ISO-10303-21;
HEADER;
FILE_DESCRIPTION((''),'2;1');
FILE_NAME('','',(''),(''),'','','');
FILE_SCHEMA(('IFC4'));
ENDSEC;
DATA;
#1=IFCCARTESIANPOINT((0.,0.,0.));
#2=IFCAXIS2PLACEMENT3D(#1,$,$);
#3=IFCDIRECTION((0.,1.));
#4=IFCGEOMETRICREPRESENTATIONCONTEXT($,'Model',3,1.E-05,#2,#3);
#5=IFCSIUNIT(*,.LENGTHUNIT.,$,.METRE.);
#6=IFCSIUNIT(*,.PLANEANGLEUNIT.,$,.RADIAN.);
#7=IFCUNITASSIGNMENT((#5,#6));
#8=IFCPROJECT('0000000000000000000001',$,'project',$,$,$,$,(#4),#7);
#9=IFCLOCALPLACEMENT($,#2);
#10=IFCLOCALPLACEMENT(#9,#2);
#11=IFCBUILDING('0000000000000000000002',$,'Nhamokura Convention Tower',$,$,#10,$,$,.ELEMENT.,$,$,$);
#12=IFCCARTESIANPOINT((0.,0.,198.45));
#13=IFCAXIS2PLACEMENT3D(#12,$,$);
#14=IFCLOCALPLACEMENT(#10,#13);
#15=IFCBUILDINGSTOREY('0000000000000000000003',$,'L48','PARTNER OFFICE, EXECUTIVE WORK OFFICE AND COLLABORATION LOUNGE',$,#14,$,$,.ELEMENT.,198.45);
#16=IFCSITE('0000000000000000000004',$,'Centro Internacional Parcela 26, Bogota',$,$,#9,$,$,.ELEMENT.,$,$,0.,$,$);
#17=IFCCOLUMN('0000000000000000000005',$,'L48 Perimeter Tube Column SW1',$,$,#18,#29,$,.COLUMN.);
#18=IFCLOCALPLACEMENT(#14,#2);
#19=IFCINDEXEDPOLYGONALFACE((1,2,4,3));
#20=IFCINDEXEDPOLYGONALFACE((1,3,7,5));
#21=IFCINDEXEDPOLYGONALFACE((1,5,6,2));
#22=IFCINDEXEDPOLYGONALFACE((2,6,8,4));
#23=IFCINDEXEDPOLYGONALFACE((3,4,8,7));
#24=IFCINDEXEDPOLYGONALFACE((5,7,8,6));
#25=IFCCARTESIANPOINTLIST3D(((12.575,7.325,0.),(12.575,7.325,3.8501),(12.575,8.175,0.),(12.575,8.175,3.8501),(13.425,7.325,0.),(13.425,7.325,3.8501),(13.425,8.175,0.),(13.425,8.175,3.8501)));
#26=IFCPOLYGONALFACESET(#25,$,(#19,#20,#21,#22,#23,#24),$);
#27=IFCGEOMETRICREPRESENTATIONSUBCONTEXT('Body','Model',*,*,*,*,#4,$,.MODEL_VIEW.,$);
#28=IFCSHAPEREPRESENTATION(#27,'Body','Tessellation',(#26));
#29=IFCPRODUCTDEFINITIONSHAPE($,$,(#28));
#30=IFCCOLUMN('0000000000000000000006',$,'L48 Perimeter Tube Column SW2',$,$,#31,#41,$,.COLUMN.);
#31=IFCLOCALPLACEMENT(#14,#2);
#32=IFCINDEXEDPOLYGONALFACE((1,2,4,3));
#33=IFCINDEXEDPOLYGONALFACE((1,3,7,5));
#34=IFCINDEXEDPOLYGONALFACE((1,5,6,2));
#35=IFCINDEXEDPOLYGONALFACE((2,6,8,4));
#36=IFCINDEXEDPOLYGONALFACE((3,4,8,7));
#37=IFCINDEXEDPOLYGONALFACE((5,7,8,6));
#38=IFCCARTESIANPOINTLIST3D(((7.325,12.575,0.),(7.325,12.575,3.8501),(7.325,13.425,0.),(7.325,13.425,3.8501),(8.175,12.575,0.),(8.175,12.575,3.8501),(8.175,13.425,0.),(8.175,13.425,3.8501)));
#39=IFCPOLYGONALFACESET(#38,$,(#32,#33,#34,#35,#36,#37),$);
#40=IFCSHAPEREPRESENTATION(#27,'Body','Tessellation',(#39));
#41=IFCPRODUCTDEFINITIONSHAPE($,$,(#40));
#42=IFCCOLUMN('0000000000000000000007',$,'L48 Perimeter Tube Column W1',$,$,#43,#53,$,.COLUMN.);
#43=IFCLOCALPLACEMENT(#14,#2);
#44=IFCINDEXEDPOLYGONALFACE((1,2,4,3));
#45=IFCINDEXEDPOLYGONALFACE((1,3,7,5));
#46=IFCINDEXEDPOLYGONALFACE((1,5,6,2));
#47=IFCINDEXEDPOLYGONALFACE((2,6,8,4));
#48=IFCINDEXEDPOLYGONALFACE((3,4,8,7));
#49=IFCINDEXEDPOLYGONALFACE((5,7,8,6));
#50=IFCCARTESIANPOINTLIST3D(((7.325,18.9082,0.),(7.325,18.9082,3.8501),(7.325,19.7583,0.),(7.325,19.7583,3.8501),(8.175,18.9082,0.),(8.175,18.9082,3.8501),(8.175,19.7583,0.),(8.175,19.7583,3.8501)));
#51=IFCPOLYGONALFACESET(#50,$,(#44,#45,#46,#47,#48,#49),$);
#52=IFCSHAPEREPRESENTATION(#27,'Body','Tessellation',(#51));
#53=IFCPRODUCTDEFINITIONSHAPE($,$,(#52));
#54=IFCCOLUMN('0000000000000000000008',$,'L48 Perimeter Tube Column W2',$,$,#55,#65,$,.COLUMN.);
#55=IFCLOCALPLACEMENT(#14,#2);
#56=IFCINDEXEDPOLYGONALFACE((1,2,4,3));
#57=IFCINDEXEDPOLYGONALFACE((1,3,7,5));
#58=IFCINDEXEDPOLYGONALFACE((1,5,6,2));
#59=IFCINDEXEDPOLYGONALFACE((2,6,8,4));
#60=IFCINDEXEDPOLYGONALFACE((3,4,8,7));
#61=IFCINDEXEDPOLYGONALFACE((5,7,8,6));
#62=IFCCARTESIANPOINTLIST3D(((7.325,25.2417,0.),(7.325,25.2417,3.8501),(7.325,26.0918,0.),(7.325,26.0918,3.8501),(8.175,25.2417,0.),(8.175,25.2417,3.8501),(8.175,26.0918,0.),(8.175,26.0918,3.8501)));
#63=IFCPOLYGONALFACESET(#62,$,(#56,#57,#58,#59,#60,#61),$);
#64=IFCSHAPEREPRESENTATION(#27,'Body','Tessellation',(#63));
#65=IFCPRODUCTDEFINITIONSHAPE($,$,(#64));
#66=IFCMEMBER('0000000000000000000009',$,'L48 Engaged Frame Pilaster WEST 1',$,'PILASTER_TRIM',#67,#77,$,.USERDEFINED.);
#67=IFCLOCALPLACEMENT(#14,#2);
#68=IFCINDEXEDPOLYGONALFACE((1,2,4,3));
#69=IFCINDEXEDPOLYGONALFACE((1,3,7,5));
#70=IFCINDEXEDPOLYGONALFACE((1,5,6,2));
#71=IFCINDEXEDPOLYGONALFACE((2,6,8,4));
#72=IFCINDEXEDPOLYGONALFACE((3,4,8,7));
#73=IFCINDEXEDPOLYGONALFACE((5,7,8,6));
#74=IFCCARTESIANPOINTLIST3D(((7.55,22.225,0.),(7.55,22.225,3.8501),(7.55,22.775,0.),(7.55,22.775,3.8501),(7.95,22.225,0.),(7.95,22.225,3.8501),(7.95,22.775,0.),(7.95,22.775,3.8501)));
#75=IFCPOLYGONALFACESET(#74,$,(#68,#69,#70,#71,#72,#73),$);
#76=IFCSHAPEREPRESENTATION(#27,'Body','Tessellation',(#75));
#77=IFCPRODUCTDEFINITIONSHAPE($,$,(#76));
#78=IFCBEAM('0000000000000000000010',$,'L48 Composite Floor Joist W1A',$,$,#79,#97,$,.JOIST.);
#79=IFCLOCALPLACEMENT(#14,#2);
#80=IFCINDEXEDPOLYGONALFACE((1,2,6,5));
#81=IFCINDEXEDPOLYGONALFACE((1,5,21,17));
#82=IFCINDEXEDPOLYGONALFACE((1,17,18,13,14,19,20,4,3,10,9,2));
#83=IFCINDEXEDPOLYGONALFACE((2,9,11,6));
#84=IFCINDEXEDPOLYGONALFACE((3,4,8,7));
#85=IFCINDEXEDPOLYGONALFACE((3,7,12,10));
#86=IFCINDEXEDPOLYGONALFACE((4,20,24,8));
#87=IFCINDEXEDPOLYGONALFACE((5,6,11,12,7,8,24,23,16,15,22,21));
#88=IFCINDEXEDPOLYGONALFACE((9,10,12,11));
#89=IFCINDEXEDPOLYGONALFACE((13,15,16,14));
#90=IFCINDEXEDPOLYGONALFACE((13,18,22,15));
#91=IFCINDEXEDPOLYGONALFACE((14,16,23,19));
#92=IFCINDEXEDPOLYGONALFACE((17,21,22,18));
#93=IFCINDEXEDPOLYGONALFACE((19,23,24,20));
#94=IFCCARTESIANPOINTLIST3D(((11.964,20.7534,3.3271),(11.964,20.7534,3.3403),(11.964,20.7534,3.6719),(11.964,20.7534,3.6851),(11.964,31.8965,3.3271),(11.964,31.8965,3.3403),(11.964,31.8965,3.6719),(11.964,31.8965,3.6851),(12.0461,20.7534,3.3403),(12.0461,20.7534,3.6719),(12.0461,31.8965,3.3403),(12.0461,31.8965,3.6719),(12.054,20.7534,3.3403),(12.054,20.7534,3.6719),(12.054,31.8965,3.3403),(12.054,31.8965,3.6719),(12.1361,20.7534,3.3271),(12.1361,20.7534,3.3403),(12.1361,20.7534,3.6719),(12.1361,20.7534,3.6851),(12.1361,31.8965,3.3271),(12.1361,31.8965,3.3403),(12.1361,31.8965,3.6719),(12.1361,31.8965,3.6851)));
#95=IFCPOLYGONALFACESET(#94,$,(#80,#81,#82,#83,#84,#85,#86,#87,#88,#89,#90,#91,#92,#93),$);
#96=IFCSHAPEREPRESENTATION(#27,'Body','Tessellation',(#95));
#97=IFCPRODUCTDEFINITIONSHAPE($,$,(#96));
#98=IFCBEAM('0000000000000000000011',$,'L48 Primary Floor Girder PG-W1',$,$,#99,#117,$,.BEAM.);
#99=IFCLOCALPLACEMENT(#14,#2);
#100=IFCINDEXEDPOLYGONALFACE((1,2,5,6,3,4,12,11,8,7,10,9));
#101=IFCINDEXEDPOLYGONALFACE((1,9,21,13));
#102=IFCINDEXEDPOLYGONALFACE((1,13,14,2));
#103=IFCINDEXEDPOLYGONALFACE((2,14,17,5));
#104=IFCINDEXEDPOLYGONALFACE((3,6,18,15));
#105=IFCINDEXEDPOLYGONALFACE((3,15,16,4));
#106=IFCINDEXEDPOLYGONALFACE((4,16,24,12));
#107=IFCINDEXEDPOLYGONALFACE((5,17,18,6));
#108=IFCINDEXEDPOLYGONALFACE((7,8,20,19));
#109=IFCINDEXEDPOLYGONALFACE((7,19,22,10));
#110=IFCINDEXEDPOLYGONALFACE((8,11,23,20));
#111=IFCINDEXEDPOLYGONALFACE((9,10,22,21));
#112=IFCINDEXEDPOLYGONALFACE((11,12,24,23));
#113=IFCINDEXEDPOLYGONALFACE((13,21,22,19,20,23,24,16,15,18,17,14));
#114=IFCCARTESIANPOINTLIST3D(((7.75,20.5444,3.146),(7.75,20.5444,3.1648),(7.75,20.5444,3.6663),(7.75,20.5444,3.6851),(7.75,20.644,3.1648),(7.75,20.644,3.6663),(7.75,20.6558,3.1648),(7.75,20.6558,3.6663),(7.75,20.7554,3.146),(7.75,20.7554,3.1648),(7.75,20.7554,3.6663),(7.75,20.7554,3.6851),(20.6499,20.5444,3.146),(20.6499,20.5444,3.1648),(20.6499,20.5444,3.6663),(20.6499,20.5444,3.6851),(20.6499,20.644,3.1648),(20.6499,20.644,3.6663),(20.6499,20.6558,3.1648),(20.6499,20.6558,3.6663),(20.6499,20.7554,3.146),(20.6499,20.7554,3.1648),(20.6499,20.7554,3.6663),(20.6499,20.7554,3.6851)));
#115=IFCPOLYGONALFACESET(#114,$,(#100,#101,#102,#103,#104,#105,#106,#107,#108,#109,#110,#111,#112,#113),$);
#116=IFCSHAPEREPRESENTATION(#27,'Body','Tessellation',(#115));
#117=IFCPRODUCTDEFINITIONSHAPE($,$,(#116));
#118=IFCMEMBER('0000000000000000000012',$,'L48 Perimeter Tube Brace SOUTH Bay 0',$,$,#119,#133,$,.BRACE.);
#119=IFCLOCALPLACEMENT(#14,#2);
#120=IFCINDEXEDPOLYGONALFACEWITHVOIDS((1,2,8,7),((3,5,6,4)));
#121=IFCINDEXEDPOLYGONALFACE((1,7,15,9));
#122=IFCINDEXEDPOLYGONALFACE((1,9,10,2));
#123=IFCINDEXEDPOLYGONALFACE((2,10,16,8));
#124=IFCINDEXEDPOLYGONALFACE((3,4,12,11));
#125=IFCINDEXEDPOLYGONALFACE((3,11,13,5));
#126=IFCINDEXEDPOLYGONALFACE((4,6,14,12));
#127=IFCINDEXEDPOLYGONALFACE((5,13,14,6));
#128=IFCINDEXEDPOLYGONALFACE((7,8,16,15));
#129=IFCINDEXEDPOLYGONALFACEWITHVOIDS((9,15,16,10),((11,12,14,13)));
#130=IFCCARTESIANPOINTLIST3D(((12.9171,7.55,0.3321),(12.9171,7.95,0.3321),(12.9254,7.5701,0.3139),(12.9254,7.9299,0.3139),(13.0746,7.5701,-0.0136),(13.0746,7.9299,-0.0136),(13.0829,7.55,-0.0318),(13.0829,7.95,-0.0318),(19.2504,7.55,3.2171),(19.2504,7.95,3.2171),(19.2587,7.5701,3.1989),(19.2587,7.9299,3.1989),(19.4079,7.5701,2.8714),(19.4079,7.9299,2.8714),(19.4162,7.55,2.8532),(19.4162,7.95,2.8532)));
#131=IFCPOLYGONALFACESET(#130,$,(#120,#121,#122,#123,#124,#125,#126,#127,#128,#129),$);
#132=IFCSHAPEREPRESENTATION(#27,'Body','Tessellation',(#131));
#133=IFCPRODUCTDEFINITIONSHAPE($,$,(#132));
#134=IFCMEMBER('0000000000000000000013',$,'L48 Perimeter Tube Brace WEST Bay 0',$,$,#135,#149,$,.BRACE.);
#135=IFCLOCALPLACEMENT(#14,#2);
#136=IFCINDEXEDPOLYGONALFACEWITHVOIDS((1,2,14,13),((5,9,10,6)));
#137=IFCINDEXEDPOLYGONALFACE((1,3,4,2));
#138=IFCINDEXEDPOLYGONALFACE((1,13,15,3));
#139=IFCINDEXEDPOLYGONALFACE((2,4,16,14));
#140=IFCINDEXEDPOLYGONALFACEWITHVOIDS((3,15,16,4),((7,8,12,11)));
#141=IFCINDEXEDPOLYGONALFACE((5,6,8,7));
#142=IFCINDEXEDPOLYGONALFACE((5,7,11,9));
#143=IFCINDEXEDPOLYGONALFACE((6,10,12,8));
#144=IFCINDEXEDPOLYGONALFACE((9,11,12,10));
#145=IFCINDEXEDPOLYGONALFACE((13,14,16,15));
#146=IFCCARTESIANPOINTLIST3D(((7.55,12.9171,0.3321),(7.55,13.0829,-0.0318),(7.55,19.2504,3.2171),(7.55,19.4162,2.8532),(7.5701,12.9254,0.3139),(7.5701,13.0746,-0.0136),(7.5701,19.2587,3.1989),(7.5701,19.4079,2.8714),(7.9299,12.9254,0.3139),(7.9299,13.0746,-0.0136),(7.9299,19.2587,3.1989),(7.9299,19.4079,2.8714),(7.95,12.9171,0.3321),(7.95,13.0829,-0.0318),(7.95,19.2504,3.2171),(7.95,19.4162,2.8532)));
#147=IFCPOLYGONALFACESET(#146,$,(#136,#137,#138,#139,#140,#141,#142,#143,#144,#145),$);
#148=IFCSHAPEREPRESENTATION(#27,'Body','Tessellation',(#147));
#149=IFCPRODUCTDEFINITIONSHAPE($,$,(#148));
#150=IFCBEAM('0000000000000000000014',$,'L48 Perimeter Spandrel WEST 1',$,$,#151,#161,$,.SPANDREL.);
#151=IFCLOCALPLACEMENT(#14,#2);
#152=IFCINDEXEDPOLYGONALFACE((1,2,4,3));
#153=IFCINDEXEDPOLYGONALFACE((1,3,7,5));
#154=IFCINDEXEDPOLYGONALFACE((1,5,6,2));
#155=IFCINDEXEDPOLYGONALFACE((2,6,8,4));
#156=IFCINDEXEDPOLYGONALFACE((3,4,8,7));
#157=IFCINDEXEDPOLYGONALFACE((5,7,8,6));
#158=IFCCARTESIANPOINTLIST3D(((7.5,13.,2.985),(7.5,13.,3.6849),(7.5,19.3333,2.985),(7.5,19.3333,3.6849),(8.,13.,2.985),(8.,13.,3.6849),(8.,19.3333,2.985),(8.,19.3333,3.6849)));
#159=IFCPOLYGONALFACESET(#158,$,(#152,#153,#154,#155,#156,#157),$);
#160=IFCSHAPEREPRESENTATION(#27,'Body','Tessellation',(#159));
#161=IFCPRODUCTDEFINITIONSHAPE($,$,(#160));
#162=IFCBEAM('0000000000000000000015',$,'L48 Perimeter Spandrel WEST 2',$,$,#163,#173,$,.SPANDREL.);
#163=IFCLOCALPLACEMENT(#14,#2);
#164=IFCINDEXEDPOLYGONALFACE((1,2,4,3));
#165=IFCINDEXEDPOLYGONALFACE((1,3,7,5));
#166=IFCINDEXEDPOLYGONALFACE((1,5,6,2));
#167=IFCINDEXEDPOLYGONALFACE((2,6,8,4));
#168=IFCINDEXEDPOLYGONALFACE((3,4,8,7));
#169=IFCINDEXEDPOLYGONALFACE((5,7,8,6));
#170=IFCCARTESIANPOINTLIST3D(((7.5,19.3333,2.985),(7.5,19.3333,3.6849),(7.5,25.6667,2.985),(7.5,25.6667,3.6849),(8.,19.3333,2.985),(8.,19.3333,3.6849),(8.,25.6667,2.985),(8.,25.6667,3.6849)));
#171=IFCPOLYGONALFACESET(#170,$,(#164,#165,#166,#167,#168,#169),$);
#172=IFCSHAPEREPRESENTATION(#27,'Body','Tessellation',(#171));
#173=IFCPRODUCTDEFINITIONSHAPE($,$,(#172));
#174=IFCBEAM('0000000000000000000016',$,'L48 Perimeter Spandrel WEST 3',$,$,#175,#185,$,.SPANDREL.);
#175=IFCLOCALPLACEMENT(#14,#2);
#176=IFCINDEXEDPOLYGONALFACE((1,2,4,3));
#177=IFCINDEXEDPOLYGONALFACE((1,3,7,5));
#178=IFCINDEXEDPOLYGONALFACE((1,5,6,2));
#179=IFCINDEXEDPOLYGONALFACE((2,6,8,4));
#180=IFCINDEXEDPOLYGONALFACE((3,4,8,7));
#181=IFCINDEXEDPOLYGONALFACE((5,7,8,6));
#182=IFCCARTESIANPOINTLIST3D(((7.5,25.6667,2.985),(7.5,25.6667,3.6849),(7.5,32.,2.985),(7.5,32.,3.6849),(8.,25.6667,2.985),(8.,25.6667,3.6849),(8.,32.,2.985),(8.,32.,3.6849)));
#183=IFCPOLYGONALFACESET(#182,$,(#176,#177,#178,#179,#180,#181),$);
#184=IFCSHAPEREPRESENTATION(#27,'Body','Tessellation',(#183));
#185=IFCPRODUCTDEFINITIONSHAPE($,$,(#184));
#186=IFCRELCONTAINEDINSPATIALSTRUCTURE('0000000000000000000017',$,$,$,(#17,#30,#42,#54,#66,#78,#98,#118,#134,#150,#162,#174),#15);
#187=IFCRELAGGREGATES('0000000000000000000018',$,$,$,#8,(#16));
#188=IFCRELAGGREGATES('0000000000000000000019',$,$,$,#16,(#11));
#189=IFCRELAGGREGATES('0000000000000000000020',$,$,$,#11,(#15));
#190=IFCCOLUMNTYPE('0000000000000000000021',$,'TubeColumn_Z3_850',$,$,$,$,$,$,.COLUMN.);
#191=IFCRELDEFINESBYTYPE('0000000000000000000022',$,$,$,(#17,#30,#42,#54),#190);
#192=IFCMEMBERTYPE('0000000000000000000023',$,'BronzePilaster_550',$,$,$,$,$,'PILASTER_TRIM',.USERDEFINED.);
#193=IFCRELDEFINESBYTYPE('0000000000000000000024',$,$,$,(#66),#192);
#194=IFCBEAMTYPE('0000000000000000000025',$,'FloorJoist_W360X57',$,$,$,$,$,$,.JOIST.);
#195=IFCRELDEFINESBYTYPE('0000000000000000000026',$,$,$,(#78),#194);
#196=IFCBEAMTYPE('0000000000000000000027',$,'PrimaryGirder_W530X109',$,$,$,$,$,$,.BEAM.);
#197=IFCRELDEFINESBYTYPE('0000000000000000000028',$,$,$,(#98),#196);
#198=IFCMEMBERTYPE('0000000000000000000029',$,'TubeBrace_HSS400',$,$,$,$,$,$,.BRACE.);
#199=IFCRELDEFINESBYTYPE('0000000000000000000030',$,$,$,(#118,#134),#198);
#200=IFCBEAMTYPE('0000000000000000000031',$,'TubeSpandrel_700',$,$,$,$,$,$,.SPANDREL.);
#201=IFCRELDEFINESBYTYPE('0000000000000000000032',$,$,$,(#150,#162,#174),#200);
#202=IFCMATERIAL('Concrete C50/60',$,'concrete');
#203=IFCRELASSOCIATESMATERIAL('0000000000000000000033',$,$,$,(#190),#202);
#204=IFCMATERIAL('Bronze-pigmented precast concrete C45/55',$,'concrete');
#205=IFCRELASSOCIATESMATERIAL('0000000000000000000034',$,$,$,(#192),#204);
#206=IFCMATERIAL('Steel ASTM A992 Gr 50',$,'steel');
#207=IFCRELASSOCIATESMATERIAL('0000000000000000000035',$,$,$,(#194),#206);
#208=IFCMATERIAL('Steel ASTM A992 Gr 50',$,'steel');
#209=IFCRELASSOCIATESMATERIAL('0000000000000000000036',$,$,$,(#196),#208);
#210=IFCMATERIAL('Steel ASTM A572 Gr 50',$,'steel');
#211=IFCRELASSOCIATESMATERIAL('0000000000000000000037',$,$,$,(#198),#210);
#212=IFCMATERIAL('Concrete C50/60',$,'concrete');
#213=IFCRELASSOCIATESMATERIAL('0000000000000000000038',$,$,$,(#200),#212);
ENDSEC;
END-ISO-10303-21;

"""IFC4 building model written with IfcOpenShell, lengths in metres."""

from ifc_helpers import new_model, si_unit, direction, frame, origin, origin_2d, place, context, subcontext, project, spatial, rectangle, hollow_rectangle, i_section, extrude, material, material_profile, profile_set, type_object, element, save


model = new_model("IFC4")

# Units and contexts
model_context = context("Model", 3, precision=1e-05, world=origin(), true_north=direction((0.0, 1.0)))
body_context = subcontext(model_context, "Body", "Model", "MODEL_VIEW")
ifc_project = project(units=[si_unit("LENGTHUNIT", "METRE"), si_unit("PLANEANGLEUNIT", "RADIAN")], contexts=[model_context])

# Site, building, storey
site_placement = place(None, origin())
site = spatial("IfcSite", under=ifc_project, at=site_placement, Name="Centro Internacional Parcela 26, Bogota", CompositionType="ELEMENT", RefElevation=0.0)
building_placement = place(site_placement, origin())
building = spatial("IfcBuilding", under=site, at=building_placement, Name="Nhamokura Convention Tower", CompositionType="ELEMENT")
storey_placement = place(building_placement, frame((0.0, 0.0, 198.45)))
storey = spatial("IfcBuildingStorey", under=building, at=storey_placement, Name="L48", Description="PARTNER OFFICE, EXECUTIVE WORK OFFICE AND COLLABORATION LOUNGE", CompositionType="ELEMENT", Elevation=198.45)

# Columns
ifc_material_1 = material(Name="Concrete C50/60", Category="concrete")
ifc_material_profile_1 = material_profile(ifc_material_1, rectangle(XDim=0.8501, YDim=0.8501, at=origin_2d()))
ifc_profile_set_1 = profile_set([ifc_material_profile_1], Name="Concrete C50/60")
column_type = type_object("IfcColumnType", Name="TubeColumn_Z3_850", PredefinedType="COLUMN", material=ifc_profile_set_1)
for number, where, z_axis, x_axis, name in (
    (1, (13.0, 7.75, 0.0), (0.0, 0.0, 1.0), (1.0, 0.0, 0.0), "L48 Perimeter Tube Column SW1"),
    (2, (7.75, 13.0, 0.0), (0.0, 0.0, 1.0), (1.0, 0.0, 0.0), "L48 Perimeter Tube Column SW2"),
    (3, (7.75, 19.3333, 0.0), (0.0, 0.0, 1.0), (1.0, 0.0, 0.0), "L48 Perimeter Tube Column W1"),
    (4, (7.75, 25.6667, 0.0), (0.0, 0.0, 1.0), (1.0, 0.0, 0.0), "L48 Perimeter Tube Column W2"),
):
    element("IfcColumn", number, at=place(storey_placement, frame(where, z_axis=z_axis, x_axis=x_axis)), inside=storey, type_object=column_type, Name=name, PredefinedType="COLUMN", context=body_context, shape_type="SweptSolid", body=[
        extrude(rectangle(XDim=0.8501, YDim=0.8501, at=origin_2d()), origin(), (0.0, 0.0, 1.0), 3.8501),
    ])

# Member
ifc_material_2 = material(Name="Bronze-pigmented precast concrete C45/55", Category="concrete")
ifc_material_profile_2 = material_profile(ifc_material_2, rectangle(XDim=0.3999, YDim=0.55, at=origin_2d()))
ifc_profile_set_2 = profile_set([ifc_material_profile_2], Name="Bronze-pigmented precast concrete C45/55")
member_type_1 = type_object("IfcMemberType", Name="BronzePilaster_550", ElementType="PILASTER_TRIM", PredefinedType="USERDEFINED", material=ifc_profile_set_2)
member_placement = place(storey_placement, frame((7.75, 22.5, 0.0), z_axis=(0.0, 0.0, 1.0), x_axis=(1.0, 0.0, 0.0)))
element("IfcMember", 5, at=member_placement, inside=storey, type_object=member_type_1, Name="L48 Engaged Frame Pilaster WEST 1", ObjectType="PILASTER_TRIM", PredefinedType="USERDEFINED", context=body_context, shape_type="SweptSolid", body=[
    extrude(rectangle(XDim=0.3999, YDim=0.55, at=origin_2d()), origin(), (0.0, 0.0, 1.0), 3.8501),
])

# Beams
ifc_material_3 = material(Name="Steel ASTM A992 Gr 50", Category="steel")
ifc_material_profile_3 = material_profile(ifc_material_3, i_section(OverallWidth=0.1721, OverallDepth=0.3579, WebThickness=0.0078, FlangeThickness=0.0132, at=origin_2d()))
ifc_profile_set_3 = profile_set([ifc_material_profile_3], Name="Steel ASTM A992 Gr 50")
beam_type_1 = type_object("IfcBeamType", Name="FloorJoist_W360X57", PredefinedType="JOIST", material=ifc_profile_set_3)
beam_1_placement = place(storey_placement, frame((12.05, 20.7534, 3.5061), z_axis=(0.0, 1.0, 0.0), x_axis=(-1.0, 0.0, 0.0)))
element("IfcBeam", 6, at=beam_1_placement, inside=storey, type_object=beam_type_1, Name="L48 Composite Floor Joist W1A", PredefinedType="JOIST", context=body_context, shape_type="SweptSolid", body=[
    extrude(i_section(OverallWidth=0.1721, OverallDepth=0.3579, WebThickness=0.0078, FlangeThickness=0.0132, at=origin_2d()), origin(), (0.0, 0.0, 1.0), 11.1431),
])
ifc_material_4 = material(Name="Steel ASTM A992 Gr 50", Category="steel")
ifc_material_profile_4 = material_profile(ifc_material_4, i_section(OverallWidth=0.2109, OverallDepth=0.5391, WebThickness=0.0117, FlangeThickness=0.0188, at=origin_2d()))
ifc_profile_set_4 = profile_set([ifc_material_profile_4], Name="Steel ASTM A992 Gr 50")
beam_type_2 = type_object("IfcBeamType", Name="PrimaryGirder_W530X109", PredefinedType="BEAM", material=ifc_profile_set_4)
beam_2_placement = place(storey_placement, frame((7.75, 20.6499, 3.4155), z_axis=(1.0, 0.0, 0.0), x_axis=(0.0, 1.0, 0.0)))
element("IfcBeam", 7, at=beam_2_placement, inside=storey, type_object=beam_type_2, Name="L48 Primary Floor Girder PG-W1", PredefinedType="BEAM", context=body_context, shape_type="SweptSolid", body=[
    extrude(i_section(OverallWidth=0.2109, OverallDepth=0.5391, WebThickness=0.0117, FlangeThickness=0.0188, at=origin_2d()), origin(), (0.0, 0.0, 1.0), 12.8999),
])

# Members
ifc_material_5 = material(Name="Steel ASTM A572 Gr 50", Category="steel")
ifc_material_profile_5 = material_profile(ifc_material_5, hollow_rectangle(XDim=0.3999, YDim=0.3999, WallThickness=0.02, at=origin_2d()))
ifc_profile_set_5 = profile_set([ifc_material_profile_5], Name="Steel ASTM A572 Gr 50")
member_type_2 = type_object("IfcMemberType", Name="TubeBrace_HSS400", PredefinedType="BRACE", material=ifc_profile_set_5)
for number, where, z_axis, x_axis, name in (
    (8, (13.0, 7.75, 0.1501), (0.910027, 0.0, 0.414548), (0.0, 1.0, 0.0), "L48 Perimeter Tube Brace SOUTH Bay 0"),
    (9, (7.75, 13.0, 0.1501), (0.0, 0.910027, 0.414548), (-1.0, 0.0, 0.0), "L48 Perimeter Tube Brace WEST Bay 0"),
):
    element("IfcMember", number, at=place(storey_placement, frame(where, z_axis=z_axis, x_axis=x_axis)), inside=storey, type_object=member_type_2, Name=name, PredefinedType="BRACE", context=body_context, shape_type="SweptSolid", body=[
        extrude(hollow_rectangle(XDim=0.3999, YDim=0.3999, WallThickness=0.02, at=origin_2d()), origin(), (0.0, 0.0, 1.0), 6.9595),
    ])

# Beams
ifc_material_6 = material(Name="Concrete C50/60", Category="concrete")
ifc_material_profile_6 = material_profile(ifc_material_6, rectangle(XDim=0.5, YDim=0.7, at=origin_2d()))
ifc_profile_set_6 = profile_set([ifc_material_profile_6], Name="Concrete C50/60")
beam_type_3 = type_object("IfcBeamType", Name="TubeSpandrel_700", PredefinedType="SPANDREL", material=ifc_profile_set_6)
beam_3_placement = place(storey_placement, frame((7.75, 13.0, 3.335), z_axis=(0.0, 1.0, 0.0), x_axis=(-1.0, 0.0, 0.0)))
element("IfcBeam", 10, at=beam_3_placement, inside=storey, type_object=beam_type_3, Name="L48 Perimeter Spandrel WEST 1", PredefinedType="SPANDREL", context=body_context, shape_type="SweptSolid", body=[
    extrude(rectangle(XDim=0.5, YDim=0.7, at=origin_2d()), origin(), (0.0, 0.0, 1.0), 6.3333),
])
beam_4_placement = place(storey_placement, frame((7.75, 19.3333, 3.335), z_axis=(0.0, 1.0, 0.0), x_axis=(-1.0, 0.0, 0.0)))
element("IfcBeam", 11, at=beam_4_placement, inside=storey, type_object=beam_type_3, Name="L48 Perimeter Spandrel WEST 2", PredefinedType="SPANDREL", context=body_context, shape_type="SweptSolid", body=[
    extrude(rectangle(XDim=0.5, YDim=0.7, at=origin_2d()), origin(), (0.0, 0.0, 1.0), 6.3335),
])
beam_5_placement = place(storey_placement, frame((7.75, 25.6667, 3.335), z_axis=(0.0, 1.0, 0.0), x_axis=(-1.0, 0.0, 0.0)))
element("IfcBeam", 12, at=beam_5_placement, inside=storey, type_object=beam_type_3, Name="L48 Perimeter Spandrel WEST 3", PredefinedType="SPANDREL", context=body_context, shape_type="SweptSolid", body=[
    extrude(rectangle(XDim=0.5, YDim=0.7, at=origin_2d()), origin(), (0.0, 0.0, 1.0), 6.3333),
])

save(model, "model.ifc")
